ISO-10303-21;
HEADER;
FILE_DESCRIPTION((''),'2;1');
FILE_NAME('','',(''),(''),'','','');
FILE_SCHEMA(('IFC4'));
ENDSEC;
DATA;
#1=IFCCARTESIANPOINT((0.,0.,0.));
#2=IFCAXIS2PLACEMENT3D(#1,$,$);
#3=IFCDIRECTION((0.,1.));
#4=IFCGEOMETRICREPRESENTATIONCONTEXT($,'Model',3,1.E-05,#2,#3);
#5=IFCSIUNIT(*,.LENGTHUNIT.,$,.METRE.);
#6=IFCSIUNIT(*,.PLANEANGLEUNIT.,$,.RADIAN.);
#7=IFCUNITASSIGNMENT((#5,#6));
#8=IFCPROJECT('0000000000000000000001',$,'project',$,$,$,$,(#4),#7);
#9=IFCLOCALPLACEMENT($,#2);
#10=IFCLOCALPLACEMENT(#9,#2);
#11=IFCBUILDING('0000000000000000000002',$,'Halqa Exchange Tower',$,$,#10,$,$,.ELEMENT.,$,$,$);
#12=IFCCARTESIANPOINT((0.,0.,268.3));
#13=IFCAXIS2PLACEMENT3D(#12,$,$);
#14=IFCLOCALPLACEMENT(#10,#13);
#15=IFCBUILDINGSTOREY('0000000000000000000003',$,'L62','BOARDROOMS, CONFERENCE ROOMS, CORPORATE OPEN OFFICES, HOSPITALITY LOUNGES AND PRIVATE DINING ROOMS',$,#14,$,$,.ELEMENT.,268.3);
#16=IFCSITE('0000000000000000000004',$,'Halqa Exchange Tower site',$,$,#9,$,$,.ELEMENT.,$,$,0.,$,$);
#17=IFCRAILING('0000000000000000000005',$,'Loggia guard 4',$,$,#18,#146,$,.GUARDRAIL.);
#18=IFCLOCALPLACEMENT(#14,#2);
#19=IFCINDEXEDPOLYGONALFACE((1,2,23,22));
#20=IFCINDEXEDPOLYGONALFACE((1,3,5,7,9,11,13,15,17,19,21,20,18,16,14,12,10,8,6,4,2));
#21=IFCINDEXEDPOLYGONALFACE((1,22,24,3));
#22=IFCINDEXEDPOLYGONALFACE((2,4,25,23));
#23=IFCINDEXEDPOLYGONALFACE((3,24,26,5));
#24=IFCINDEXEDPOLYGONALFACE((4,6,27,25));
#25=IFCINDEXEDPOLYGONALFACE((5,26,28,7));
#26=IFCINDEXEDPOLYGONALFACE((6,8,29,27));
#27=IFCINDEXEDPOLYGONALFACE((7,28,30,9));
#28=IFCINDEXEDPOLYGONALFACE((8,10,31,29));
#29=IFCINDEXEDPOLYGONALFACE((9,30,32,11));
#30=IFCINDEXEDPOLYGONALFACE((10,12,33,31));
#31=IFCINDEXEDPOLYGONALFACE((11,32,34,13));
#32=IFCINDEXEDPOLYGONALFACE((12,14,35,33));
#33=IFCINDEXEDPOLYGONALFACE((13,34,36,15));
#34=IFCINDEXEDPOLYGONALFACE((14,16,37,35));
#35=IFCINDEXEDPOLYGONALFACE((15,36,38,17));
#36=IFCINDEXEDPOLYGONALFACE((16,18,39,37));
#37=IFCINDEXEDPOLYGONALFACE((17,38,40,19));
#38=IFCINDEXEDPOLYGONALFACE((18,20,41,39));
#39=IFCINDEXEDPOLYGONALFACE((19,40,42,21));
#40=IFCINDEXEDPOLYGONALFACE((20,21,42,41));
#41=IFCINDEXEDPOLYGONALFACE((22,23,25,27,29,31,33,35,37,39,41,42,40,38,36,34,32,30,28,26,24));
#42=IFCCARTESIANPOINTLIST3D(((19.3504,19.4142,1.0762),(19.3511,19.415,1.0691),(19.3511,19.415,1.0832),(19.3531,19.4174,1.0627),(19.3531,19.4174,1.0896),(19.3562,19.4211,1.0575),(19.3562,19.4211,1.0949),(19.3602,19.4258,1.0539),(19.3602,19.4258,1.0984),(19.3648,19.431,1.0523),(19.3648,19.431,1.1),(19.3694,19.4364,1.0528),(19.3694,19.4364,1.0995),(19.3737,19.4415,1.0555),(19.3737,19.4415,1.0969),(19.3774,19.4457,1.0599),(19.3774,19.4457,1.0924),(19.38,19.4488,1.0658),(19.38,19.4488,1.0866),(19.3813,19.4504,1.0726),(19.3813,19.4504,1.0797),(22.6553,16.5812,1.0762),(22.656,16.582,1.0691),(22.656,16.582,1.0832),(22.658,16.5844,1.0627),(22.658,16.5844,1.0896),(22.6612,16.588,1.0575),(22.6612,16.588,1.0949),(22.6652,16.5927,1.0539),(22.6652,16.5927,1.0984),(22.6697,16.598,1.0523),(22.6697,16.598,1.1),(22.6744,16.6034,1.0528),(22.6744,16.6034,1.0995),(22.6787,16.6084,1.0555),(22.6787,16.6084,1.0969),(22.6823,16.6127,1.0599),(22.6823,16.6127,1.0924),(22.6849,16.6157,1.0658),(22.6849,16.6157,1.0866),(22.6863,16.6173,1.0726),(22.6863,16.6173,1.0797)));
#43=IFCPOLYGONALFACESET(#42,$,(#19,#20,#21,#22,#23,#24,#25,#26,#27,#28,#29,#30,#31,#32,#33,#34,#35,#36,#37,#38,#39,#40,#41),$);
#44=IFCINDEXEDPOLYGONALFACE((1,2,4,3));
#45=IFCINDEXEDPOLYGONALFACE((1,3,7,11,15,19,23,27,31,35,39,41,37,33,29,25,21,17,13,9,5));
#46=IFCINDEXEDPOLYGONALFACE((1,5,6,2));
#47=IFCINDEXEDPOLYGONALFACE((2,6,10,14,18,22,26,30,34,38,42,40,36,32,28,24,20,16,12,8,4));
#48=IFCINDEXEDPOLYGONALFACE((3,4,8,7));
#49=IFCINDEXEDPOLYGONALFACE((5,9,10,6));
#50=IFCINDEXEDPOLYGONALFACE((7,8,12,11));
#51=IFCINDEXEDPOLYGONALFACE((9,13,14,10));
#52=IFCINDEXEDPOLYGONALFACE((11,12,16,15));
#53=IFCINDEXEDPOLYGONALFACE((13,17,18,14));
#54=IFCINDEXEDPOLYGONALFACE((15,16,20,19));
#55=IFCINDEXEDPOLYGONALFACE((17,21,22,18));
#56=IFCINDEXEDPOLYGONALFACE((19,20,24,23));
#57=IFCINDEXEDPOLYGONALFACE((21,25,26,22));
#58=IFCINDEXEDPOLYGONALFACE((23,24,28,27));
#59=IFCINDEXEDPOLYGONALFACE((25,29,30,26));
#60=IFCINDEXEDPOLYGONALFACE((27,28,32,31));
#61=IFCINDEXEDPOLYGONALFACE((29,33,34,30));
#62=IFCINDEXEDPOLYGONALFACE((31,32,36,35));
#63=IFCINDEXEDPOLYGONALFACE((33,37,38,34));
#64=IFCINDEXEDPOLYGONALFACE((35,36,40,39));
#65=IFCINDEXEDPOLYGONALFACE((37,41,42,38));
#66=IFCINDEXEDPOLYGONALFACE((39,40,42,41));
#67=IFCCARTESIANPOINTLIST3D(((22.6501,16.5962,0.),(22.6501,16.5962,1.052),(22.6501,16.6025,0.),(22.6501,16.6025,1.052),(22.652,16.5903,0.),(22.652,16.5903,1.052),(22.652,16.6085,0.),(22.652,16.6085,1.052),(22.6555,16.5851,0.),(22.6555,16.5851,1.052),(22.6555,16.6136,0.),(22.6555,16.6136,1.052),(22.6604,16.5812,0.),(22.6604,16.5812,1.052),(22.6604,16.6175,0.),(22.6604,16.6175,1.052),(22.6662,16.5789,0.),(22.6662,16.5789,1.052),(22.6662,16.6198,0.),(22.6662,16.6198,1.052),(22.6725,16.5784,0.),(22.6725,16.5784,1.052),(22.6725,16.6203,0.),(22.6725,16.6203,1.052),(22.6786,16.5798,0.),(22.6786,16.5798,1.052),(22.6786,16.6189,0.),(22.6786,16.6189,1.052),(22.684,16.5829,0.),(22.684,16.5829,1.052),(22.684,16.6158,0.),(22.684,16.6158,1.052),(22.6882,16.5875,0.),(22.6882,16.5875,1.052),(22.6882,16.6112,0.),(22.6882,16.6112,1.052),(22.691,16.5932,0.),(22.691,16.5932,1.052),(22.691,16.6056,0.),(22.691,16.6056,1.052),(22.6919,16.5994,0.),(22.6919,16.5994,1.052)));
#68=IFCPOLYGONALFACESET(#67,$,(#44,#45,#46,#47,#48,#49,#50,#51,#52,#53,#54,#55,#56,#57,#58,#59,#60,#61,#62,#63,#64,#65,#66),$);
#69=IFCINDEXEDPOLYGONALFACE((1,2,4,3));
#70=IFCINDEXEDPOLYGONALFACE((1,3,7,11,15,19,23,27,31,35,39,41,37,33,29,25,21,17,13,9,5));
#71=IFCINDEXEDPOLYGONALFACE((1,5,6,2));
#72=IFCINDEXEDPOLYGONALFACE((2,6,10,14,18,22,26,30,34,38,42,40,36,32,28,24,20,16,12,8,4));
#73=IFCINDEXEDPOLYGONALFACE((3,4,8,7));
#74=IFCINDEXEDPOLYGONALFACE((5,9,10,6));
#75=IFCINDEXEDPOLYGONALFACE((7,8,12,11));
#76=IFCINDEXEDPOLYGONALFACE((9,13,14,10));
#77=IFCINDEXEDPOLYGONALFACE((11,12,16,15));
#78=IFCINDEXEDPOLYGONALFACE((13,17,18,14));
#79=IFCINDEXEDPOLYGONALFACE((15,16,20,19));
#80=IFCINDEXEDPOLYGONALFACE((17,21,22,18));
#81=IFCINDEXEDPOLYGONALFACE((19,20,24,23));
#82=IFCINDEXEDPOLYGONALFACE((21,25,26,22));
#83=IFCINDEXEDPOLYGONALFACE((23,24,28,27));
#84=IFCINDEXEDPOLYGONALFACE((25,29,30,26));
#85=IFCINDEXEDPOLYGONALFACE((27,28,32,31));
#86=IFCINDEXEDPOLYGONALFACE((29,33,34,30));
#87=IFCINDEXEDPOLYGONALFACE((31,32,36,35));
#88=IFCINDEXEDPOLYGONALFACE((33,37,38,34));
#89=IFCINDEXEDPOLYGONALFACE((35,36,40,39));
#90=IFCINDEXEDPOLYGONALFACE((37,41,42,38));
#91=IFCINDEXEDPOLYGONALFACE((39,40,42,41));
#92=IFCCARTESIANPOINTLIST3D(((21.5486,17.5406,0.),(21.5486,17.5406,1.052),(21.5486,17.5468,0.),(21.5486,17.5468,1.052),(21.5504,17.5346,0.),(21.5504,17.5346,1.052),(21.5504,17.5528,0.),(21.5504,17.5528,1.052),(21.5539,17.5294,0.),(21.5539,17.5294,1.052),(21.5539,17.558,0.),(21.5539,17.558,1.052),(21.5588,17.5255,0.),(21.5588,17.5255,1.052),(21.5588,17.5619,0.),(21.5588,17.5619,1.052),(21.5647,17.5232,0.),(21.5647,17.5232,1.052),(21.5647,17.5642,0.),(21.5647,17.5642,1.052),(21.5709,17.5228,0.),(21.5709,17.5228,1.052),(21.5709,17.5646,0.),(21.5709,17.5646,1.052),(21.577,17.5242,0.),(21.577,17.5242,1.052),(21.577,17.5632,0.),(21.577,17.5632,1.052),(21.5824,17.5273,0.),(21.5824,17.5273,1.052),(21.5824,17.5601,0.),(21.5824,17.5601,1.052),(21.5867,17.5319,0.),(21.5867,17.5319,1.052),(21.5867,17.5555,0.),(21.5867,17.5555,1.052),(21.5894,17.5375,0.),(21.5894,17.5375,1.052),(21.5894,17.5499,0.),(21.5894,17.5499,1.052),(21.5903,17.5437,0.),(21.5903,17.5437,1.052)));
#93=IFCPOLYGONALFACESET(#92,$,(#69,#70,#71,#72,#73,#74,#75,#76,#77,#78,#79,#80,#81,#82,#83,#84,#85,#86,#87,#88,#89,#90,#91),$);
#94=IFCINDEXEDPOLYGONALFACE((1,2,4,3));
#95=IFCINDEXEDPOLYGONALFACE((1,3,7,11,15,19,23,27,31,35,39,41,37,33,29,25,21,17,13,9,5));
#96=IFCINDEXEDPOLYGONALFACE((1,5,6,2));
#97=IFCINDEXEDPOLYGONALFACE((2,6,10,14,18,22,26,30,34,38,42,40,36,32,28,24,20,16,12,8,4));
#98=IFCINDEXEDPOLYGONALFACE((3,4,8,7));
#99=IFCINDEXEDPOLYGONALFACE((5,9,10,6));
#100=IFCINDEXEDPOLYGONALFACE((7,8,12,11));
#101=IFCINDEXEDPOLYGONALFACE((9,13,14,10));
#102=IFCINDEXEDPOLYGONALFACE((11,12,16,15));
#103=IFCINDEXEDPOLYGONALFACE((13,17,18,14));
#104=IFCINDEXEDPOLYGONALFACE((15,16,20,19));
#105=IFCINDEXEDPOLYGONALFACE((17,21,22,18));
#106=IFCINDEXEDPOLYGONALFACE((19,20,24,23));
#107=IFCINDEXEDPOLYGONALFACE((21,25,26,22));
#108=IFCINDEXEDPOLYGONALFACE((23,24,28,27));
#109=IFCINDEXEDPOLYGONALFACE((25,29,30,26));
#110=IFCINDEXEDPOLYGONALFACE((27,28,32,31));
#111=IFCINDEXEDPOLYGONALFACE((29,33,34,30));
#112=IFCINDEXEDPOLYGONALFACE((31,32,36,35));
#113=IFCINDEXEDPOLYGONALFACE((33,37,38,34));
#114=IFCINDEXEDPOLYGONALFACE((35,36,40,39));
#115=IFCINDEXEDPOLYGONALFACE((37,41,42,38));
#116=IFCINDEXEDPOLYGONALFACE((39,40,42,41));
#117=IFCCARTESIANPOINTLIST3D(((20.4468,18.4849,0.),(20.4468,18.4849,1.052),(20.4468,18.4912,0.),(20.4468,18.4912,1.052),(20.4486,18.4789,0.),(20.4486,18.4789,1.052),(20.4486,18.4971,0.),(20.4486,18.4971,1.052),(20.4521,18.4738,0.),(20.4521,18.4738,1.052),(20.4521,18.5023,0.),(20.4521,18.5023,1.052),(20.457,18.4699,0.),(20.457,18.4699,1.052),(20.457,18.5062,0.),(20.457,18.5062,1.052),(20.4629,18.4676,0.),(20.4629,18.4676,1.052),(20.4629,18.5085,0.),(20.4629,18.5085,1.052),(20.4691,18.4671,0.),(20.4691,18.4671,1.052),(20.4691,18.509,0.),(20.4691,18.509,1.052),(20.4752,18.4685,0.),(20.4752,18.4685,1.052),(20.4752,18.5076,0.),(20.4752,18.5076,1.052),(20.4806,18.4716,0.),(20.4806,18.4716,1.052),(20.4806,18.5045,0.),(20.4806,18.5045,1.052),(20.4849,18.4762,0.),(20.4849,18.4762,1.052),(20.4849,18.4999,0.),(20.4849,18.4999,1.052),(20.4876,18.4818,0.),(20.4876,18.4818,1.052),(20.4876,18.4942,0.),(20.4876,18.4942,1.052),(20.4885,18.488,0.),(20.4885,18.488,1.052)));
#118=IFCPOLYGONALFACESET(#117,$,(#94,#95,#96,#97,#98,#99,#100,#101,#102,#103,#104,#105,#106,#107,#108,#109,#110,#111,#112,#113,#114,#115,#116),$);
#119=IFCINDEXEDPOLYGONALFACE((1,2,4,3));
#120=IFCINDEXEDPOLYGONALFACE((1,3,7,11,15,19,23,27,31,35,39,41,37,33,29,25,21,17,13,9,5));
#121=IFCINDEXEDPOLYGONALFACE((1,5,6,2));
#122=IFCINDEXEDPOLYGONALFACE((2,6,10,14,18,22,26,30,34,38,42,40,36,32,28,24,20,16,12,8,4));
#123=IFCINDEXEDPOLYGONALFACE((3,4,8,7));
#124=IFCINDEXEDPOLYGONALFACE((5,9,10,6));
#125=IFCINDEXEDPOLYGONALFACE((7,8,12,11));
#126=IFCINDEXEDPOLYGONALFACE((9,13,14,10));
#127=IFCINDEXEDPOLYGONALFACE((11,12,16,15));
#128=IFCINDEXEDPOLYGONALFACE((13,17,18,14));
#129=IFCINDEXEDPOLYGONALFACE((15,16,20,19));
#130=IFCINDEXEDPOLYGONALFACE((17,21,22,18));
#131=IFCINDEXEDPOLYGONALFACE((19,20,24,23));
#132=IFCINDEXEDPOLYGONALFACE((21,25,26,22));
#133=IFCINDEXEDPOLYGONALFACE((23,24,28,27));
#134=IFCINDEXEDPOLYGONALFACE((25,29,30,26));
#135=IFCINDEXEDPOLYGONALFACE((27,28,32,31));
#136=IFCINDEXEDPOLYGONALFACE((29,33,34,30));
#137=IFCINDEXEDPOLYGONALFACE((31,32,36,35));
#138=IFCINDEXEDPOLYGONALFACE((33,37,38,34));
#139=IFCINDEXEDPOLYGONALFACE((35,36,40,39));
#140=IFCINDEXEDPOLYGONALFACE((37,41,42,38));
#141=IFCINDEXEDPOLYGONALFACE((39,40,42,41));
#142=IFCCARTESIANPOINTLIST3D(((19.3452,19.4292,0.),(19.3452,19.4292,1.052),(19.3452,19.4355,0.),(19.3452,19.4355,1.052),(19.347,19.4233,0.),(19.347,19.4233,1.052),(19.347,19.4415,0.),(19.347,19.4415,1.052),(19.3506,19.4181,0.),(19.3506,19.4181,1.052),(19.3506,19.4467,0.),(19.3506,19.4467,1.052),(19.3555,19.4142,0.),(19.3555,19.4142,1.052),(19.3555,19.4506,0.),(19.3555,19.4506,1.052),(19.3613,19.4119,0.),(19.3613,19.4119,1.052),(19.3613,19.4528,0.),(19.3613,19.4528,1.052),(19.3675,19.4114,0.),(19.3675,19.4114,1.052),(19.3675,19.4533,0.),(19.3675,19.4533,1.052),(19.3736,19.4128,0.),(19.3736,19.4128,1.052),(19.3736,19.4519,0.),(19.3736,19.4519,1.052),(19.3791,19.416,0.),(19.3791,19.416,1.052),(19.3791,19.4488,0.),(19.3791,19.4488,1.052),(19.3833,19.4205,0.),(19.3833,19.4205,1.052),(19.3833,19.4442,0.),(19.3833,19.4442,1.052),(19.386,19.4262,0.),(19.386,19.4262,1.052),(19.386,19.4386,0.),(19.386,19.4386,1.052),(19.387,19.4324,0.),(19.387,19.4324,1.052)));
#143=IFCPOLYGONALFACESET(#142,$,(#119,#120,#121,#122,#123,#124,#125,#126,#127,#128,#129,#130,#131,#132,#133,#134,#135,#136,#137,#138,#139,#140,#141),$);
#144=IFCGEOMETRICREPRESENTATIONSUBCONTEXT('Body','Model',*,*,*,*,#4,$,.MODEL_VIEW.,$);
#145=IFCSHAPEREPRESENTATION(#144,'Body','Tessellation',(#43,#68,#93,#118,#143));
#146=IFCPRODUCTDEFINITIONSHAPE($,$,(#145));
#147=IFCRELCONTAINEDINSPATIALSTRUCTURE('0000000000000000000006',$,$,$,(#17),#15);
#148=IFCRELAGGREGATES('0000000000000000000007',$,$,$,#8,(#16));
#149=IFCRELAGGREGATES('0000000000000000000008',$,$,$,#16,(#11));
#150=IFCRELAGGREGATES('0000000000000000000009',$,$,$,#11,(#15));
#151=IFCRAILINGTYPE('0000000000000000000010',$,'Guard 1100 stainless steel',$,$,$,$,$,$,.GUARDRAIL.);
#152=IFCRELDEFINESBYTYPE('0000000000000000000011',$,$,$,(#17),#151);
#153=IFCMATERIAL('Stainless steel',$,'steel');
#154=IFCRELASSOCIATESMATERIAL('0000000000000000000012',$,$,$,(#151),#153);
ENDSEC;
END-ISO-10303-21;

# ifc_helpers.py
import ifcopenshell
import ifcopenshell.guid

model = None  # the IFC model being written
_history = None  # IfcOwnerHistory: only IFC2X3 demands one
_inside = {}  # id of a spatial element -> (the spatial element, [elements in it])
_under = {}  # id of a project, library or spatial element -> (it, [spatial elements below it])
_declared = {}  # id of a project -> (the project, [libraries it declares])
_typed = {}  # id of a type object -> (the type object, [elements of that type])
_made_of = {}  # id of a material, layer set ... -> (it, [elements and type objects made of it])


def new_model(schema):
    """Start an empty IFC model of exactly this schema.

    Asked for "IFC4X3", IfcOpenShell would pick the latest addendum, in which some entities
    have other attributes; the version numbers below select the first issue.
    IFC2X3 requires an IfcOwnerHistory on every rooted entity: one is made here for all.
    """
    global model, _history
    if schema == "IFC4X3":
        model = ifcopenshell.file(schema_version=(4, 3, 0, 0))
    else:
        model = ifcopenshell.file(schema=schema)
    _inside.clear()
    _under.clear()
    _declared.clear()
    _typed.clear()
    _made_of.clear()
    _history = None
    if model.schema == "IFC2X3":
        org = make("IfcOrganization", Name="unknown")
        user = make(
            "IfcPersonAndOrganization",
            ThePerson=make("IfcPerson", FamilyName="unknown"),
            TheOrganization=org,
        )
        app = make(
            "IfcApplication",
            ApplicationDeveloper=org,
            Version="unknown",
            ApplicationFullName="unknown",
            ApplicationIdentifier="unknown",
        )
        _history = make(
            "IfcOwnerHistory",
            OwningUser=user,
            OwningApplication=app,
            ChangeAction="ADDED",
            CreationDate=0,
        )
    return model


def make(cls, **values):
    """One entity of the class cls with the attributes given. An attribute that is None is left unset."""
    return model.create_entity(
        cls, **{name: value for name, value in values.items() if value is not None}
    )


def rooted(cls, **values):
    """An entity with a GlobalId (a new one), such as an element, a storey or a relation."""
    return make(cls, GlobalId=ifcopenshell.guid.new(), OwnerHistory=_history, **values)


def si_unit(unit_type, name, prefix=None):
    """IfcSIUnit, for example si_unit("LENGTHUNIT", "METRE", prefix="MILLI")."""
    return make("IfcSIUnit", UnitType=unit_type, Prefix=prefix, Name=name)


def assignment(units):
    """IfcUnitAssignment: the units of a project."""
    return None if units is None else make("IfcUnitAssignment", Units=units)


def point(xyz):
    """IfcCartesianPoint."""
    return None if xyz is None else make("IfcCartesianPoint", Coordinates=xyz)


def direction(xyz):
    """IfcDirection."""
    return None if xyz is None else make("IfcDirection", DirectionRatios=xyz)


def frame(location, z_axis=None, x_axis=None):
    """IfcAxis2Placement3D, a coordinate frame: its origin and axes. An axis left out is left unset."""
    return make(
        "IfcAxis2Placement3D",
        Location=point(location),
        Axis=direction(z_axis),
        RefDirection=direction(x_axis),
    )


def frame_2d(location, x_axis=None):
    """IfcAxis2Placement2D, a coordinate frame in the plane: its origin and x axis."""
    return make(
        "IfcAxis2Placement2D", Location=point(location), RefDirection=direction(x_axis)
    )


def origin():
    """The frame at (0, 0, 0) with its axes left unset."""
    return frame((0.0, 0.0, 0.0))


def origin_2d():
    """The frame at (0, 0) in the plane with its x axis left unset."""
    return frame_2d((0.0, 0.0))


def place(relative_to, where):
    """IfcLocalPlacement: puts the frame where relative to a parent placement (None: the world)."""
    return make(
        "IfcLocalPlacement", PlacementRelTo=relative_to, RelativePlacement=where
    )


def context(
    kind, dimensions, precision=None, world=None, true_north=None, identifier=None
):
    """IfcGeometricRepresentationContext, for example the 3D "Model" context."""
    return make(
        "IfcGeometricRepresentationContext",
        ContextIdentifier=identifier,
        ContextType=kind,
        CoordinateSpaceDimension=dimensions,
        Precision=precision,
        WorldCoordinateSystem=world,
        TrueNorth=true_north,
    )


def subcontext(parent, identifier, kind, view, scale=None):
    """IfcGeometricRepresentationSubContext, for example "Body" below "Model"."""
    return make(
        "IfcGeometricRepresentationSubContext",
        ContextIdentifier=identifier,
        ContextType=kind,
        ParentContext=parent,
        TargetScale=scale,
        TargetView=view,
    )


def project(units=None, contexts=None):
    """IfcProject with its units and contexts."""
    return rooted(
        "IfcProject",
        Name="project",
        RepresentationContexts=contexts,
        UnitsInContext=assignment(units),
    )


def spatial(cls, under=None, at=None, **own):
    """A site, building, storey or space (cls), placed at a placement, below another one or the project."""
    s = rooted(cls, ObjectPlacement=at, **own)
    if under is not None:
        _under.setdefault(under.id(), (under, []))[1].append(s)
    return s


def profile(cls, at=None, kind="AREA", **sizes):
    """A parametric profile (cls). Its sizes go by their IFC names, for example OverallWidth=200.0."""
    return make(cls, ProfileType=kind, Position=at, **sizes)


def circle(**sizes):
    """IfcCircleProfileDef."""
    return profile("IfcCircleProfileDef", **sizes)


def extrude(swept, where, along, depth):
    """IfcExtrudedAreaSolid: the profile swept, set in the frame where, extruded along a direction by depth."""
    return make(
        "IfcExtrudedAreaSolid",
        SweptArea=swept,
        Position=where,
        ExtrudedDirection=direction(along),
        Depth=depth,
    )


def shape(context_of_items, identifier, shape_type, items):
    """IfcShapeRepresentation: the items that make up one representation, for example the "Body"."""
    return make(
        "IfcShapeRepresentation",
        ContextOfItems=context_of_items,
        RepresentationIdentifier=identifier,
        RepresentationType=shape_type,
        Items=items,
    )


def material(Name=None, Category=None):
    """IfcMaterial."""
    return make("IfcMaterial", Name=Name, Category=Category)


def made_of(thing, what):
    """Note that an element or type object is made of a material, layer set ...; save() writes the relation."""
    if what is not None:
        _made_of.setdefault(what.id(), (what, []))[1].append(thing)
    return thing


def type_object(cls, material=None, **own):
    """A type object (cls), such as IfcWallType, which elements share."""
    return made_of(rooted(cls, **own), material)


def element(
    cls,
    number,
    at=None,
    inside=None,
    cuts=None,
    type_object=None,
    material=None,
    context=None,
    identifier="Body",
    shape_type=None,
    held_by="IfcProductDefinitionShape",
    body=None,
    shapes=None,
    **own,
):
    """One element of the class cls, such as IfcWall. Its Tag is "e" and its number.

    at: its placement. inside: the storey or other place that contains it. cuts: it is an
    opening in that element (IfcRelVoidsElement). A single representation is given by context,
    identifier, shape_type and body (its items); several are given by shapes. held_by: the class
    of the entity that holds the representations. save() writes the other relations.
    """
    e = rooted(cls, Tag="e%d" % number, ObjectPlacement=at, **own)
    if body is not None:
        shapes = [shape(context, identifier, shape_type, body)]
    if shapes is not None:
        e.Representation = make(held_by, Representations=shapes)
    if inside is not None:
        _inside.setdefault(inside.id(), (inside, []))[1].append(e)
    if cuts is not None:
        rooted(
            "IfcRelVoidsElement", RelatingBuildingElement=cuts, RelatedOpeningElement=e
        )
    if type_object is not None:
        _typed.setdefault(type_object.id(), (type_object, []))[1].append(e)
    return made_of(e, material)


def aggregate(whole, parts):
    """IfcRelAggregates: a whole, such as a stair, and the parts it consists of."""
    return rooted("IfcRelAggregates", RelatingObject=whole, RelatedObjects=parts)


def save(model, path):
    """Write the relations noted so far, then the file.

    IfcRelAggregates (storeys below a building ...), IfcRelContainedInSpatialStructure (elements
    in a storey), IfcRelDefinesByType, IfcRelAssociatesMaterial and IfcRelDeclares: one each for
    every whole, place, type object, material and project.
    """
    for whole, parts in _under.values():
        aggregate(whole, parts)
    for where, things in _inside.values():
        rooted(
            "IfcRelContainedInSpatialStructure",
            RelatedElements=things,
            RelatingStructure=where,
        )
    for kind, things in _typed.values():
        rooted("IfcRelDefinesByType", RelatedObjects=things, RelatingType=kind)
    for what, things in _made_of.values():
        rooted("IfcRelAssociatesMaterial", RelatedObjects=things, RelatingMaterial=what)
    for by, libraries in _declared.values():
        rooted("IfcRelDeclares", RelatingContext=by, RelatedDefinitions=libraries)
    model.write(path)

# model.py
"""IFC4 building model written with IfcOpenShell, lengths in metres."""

from ifc_helpers import new_model, si_unit, direction, frame, origin, origin_2d, place, context, subcontext, project, spatial, circle, extrude, material, type_object, element, save


model = new_model("IFC4")

# Units and contexts
model_context = context("Model", 3, precision=1e-05, world=origin(), true_north=direction((0.0, 1.0)))
body_context = subcontext(model_context, "Body", "Model", "MODEL_VIEW")
ifc_project = project(units=[si_unit("LENGTHUNIT", "METRE"), si_unit("PLANEANGLEUNIT", "RADIAN")], contexts=[model_context])

# Site, building, storey
site_placement = place(None, origin())
site = spatial("IfcSite", under=ifc_project, at=site_placement, Name="Halqa Exchange Tower site", CompositionType="ELEMENT", RefElevation=0.0)
building_placement = place(site_placement, origin())
building = spatial("IfcBuilding", under=site, at=building_placement, Name="Halqa Exchange Tower", CompositionType="ELEMENT")
storey_placement = place(building_placement, frame((0.0, 0.0, 268.3)))
storey = spatial("IfcBuildingStorey", under=building, at=storey_placement, Name="L62", Description="BOARDROOMS, CONFERENCE ROOMS, CORPORATE OPEN OFFICES, HOSPITALITY LOUNGES AND PRIVATE DINING ROOMS", CompositionType="ELEMENT", Elevation=268.3)

# Railing
ifc_material_1 = material(Name="Stainless steel", Category="steel")
railing_type = type_object("IfcRailingType", Name="Guard 1100 stainless steel", PredefinedType="GUARDRAIL", material=ifc_material_1)
railing_1_placement = place(storey_placement, frame((22.6709, 16.5994, 0.0)))
element("IfcRailing", 1, at=railing_1_placement, inside=storey, type_object=railing_type, Name="Loggia guard 4", PredefinedType="GUARDRAIL", context=body_context, shape_type="SweptSolid", body=[
    extrude(circle(Radius=0.0239, at=origin_2d()), frame((0.0, 0.0, 1.0762), z_axis=(-0.759233, 0.650819, 0.0), x_axis=(-0.650819, -0.759233, 0.0)), (0.0, 0.0, 1.0), 4.353),
    extrude(circle(Radius=0.021, at=origin_2d()), origin(), (0.0, 0.0, 1.0), 1.052),
    extrude(circle(Radius=0.021, at=origin_2d()), frame((-1.1016, 0.9443, 0.0)), (0.0, 0.0, 1.0), 1.052),
    extrude(circle(Radius=0.021, at=origin_2d()), frame((-2.2034, 1.8887, 0.0)), (0.0, 0.0, 1.0), 1.052),
    extrude(circle(Radius=0.021, at=origin_2d()), frame((-3.3049, 2.833, 0.0)), (0.0, 0.0, 1.0), 1.052),
])

save(model, "model.ifc")
